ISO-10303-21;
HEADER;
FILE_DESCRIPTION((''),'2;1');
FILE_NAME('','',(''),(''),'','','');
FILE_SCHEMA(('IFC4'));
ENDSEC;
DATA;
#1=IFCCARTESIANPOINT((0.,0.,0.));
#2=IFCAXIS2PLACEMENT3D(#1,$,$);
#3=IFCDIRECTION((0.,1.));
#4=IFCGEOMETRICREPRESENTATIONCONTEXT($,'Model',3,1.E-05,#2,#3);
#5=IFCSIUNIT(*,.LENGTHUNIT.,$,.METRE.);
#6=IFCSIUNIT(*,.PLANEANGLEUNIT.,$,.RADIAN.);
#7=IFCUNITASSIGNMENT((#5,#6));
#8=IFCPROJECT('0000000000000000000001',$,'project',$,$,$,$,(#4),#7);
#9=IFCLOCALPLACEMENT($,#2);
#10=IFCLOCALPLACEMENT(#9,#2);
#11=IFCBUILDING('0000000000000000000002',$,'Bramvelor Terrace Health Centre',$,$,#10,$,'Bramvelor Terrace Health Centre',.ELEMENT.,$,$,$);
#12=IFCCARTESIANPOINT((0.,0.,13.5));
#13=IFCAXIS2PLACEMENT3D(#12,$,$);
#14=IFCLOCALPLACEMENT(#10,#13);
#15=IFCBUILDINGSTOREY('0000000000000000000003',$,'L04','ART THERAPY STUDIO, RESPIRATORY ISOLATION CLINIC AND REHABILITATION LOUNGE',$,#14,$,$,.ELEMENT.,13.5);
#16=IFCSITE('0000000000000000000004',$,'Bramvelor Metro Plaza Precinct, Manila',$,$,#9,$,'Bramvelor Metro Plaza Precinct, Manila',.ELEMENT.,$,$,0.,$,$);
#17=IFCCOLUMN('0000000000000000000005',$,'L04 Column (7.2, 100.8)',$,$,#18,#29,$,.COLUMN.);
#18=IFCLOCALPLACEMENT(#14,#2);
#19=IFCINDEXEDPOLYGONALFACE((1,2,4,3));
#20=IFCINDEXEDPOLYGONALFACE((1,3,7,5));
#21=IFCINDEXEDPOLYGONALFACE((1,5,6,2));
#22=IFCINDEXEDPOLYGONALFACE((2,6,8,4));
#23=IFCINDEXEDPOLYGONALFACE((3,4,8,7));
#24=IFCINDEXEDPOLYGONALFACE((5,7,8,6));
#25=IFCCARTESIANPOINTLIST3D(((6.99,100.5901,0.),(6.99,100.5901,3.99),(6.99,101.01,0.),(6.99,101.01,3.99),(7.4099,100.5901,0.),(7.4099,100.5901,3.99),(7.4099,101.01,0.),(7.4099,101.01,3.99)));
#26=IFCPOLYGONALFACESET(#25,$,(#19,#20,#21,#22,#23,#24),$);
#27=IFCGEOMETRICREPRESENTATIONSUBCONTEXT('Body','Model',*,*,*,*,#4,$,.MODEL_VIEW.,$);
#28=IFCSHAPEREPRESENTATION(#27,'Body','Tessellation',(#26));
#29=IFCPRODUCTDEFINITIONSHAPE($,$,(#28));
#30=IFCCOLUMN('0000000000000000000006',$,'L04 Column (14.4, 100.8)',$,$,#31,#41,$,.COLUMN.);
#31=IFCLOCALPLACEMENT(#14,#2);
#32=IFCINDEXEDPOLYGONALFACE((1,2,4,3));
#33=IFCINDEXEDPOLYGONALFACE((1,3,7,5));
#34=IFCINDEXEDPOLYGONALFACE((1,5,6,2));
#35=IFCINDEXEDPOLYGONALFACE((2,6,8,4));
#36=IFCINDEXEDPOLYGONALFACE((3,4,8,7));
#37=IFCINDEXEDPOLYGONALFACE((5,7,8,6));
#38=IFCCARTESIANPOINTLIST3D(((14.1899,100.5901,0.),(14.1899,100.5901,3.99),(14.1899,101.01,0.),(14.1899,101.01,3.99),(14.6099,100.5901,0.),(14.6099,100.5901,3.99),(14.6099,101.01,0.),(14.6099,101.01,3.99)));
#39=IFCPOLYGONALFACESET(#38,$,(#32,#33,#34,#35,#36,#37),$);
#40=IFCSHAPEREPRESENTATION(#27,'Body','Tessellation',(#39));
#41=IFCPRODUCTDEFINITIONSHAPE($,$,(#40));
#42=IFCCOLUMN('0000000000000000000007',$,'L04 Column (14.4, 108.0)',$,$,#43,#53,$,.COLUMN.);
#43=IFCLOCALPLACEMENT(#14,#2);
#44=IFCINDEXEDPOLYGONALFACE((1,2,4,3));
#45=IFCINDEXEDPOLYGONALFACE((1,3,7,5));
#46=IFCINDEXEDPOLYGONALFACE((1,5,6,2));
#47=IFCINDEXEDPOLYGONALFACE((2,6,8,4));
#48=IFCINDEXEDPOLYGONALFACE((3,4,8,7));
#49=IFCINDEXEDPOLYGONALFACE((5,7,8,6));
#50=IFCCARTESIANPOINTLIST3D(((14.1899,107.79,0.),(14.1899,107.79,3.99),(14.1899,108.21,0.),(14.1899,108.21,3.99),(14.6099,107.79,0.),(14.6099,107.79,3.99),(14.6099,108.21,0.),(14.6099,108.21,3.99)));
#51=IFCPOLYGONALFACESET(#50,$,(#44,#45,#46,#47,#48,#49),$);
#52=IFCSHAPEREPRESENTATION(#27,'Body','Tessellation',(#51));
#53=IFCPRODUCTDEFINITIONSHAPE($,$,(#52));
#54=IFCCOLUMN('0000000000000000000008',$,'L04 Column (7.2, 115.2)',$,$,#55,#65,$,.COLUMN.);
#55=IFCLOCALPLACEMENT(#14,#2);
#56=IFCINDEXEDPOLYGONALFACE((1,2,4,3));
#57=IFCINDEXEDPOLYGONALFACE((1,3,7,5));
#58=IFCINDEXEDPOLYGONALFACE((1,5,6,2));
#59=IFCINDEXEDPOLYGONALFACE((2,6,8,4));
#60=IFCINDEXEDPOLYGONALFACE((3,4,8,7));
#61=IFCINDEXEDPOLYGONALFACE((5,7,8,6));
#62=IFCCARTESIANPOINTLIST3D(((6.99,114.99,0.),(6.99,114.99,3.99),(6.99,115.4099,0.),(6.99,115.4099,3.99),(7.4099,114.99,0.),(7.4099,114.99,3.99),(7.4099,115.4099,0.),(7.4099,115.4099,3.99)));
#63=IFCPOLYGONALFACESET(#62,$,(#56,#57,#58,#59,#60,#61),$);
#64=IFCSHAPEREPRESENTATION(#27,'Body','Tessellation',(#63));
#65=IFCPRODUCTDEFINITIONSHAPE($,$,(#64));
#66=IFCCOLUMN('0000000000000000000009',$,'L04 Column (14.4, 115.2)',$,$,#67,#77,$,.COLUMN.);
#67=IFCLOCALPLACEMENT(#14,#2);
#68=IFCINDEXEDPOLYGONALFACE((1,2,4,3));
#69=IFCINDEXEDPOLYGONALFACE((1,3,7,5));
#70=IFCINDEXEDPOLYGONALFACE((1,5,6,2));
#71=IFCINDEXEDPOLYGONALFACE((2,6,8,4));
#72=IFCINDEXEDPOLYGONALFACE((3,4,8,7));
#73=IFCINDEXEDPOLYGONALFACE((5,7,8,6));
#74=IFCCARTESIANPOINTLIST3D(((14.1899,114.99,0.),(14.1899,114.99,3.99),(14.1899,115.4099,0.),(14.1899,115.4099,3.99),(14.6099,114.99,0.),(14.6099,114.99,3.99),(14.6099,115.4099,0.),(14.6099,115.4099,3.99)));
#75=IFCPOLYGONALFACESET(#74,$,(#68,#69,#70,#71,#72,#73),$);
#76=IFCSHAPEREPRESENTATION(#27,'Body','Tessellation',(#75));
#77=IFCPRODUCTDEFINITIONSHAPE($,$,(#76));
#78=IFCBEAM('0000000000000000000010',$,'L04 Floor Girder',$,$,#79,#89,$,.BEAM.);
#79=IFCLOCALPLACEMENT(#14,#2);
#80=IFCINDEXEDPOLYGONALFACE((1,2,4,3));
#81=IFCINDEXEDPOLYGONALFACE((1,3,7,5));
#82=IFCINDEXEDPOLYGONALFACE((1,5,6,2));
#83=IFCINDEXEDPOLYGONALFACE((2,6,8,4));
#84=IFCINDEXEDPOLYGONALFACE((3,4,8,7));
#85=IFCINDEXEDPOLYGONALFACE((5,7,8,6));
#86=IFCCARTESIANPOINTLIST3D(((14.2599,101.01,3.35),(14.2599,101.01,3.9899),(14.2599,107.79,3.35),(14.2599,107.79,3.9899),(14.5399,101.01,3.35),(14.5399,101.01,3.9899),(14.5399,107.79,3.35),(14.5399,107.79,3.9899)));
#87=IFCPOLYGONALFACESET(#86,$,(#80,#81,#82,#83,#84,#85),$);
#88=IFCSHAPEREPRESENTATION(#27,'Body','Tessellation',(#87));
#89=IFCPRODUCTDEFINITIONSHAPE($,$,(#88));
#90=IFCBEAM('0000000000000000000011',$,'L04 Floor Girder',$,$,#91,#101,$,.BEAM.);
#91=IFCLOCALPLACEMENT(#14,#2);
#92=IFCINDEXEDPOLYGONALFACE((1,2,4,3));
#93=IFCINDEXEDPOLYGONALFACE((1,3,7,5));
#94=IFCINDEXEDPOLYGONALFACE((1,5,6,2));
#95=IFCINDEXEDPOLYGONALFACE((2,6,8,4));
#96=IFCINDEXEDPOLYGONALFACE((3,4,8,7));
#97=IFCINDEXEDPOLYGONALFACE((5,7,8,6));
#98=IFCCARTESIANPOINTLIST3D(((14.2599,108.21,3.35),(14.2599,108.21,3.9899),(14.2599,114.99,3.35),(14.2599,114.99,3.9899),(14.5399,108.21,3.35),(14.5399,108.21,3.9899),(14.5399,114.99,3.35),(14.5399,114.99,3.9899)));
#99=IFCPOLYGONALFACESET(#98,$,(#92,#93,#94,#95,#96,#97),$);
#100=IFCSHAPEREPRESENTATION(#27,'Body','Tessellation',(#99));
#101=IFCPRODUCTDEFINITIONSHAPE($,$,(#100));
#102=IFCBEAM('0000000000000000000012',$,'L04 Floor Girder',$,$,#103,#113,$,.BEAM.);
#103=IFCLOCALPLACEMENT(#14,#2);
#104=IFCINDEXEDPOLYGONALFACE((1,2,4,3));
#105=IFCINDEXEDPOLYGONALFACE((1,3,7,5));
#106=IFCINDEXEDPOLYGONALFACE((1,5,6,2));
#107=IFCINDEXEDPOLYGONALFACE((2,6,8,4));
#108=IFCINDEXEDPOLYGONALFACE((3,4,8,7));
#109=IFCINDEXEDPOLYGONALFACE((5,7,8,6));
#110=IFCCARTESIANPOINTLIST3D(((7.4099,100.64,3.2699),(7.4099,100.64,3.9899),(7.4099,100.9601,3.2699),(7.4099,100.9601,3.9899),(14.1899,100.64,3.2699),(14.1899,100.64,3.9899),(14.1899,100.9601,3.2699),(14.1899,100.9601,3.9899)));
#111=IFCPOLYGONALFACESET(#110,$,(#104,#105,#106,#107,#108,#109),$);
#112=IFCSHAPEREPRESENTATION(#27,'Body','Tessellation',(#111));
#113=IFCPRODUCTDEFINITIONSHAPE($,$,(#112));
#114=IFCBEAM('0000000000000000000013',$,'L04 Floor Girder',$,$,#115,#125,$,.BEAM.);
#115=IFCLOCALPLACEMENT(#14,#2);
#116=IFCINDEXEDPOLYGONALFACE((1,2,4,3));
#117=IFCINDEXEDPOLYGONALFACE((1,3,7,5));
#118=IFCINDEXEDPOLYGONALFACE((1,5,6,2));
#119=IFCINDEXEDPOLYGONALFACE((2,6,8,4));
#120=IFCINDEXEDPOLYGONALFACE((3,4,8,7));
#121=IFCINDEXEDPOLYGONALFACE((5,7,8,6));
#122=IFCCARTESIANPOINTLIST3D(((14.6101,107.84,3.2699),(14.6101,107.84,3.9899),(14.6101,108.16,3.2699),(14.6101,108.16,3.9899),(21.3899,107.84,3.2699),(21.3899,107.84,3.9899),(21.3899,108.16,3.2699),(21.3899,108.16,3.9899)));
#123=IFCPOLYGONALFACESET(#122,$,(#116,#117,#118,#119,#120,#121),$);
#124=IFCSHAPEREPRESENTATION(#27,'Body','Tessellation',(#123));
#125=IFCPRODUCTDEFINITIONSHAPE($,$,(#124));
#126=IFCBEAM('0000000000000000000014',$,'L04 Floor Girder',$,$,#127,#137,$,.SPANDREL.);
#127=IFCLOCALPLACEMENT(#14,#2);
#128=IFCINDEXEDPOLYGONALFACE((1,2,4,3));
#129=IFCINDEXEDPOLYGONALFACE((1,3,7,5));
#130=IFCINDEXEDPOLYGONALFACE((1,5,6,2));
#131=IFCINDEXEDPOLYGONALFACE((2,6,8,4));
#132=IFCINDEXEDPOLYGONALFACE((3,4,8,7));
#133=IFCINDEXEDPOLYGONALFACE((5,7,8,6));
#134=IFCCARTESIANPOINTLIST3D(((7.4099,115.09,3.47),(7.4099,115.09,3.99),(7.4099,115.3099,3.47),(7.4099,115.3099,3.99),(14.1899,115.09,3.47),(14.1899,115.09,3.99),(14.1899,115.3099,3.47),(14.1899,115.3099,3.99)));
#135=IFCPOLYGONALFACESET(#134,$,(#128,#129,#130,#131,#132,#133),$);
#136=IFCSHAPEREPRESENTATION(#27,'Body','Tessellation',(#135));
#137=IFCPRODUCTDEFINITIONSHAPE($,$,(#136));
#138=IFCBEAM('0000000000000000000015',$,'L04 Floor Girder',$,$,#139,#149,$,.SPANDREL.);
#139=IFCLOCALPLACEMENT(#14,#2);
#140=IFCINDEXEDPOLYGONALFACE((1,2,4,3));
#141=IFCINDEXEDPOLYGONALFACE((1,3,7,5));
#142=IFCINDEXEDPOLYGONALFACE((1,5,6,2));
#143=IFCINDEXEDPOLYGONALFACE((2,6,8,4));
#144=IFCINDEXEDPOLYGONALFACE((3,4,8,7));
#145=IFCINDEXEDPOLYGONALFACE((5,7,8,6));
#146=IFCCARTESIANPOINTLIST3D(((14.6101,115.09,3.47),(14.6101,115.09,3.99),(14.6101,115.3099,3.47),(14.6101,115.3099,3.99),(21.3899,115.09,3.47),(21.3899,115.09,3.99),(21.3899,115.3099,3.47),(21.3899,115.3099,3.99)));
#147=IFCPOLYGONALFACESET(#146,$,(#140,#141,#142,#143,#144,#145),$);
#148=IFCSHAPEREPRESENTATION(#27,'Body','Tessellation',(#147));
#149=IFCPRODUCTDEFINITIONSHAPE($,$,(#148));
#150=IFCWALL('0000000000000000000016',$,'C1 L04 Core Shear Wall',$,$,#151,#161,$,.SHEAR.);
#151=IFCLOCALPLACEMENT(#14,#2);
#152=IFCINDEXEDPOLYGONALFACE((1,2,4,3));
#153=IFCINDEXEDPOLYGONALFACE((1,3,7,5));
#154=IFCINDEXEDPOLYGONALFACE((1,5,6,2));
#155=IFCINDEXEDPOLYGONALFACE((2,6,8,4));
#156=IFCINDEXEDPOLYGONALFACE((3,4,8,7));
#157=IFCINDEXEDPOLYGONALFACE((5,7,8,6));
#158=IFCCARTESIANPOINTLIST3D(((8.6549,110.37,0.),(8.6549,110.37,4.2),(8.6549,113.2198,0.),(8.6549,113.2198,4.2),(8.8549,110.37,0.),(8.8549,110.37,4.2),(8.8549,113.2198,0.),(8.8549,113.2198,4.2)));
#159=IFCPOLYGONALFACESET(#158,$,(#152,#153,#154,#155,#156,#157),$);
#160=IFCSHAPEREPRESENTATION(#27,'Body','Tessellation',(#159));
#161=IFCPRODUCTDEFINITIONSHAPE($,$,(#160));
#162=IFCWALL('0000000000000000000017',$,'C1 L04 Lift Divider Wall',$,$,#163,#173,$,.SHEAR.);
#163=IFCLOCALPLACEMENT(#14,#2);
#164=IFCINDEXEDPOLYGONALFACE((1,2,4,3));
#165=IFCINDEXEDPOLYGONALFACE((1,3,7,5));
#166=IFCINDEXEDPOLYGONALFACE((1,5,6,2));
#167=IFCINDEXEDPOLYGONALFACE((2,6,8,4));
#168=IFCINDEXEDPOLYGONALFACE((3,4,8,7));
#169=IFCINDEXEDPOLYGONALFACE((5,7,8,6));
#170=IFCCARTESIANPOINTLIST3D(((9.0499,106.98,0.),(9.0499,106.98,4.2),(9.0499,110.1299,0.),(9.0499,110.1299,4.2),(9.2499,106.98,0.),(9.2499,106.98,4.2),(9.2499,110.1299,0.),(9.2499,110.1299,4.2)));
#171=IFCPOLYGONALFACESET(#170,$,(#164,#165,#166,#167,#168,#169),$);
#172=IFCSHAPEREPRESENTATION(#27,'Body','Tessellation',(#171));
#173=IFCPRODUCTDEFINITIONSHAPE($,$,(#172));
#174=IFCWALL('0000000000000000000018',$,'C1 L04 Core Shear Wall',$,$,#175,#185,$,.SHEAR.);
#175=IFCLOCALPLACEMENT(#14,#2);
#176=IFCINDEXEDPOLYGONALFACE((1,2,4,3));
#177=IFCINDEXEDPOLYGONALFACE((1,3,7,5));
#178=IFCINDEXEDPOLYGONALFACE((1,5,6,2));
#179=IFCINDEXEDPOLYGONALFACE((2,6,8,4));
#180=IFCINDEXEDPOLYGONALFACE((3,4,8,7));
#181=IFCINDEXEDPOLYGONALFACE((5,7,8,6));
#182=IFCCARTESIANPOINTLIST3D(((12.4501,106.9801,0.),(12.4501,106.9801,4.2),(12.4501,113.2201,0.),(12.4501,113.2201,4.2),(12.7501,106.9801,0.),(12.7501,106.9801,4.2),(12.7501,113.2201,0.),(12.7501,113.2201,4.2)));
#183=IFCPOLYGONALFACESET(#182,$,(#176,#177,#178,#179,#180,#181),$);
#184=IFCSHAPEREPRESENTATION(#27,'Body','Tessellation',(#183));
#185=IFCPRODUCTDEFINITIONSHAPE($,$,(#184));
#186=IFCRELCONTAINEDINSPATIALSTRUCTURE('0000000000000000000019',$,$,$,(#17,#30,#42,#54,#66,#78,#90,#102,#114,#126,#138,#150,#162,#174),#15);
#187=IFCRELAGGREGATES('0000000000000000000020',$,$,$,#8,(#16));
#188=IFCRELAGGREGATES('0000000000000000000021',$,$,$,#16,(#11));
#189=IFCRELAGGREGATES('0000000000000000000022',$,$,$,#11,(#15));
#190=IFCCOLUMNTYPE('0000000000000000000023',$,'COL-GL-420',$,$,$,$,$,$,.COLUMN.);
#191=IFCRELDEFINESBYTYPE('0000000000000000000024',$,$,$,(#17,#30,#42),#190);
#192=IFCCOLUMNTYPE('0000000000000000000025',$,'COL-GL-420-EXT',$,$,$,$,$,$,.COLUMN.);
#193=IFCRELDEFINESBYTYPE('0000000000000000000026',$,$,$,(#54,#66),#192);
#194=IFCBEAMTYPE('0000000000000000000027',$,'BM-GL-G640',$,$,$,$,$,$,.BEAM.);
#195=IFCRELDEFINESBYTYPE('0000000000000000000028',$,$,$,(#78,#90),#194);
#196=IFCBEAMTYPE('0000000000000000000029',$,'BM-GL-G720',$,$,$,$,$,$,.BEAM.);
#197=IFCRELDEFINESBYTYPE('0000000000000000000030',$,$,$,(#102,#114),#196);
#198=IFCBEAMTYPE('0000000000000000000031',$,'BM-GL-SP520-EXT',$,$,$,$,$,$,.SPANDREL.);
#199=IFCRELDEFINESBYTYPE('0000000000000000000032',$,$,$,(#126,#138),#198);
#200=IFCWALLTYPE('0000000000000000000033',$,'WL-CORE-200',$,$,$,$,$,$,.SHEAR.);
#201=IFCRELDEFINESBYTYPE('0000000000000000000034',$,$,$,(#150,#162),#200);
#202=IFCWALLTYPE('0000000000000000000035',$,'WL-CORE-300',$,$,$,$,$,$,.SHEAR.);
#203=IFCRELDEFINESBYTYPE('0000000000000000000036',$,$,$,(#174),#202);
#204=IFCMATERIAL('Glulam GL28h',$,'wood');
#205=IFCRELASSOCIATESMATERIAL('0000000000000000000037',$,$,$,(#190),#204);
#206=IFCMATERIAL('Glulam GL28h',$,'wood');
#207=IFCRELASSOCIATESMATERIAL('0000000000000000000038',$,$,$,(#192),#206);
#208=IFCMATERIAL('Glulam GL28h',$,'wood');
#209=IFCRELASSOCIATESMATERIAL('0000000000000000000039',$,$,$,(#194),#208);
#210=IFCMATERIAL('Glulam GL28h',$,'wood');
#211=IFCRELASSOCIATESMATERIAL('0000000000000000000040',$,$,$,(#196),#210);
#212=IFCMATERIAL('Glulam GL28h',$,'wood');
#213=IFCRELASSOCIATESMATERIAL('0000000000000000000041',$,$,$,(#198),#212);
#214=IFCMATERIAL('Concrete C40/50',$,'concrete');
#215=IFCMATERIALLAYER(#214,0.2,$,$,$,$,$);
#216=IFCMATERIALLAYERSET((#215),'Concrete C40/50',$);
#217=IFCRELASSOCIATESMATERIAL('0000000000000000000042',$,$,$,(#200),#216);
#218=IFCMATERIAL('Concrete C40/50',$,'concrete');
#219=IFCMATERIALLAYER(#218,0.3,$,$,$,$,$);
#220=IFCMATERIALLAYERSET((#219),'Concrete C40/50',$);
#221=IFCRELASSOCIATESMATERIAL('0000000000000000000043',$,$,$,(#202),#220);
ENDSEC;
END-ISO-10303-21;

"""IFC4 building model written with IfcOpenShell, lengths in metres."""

from ifc_helpers import new_model, si_unit, direction, frame, frame_2d, origin, origin_2d, place, context, subcontext, project, spatial, rectangle, extrude, material, layer, layer_set, material_profile, profile_set, type_object, element, save


model = new_model("IFC4")

# Units and contexts
model_context = context("Model", 3, precision=1e-05, world=origin(), true_north=direction((0.0, 1.0)))
body_context = subcontext(model_context, "Body", "Model", "MODEL_VIEW")
ifc_project = project(units=[si_unit("LENGTHUNIT", "METRE"), si_unit("PLANEANGLEUNIT", "RADIAN")], contexts=[model_context])

# Site, building, storey
site_placement = place(None, origin())
site = spatial("IfcSite", under=ifc_project, at=site_placement, Name="Bramvelor Metro Plaza Precinct, Manila", LongName="Bramvelor Metro Plaza Precinct, Manila", CompositionType="ELEMENT", RefElevation=0.0)
building_placement = place(site_placement, origin())
building = spatial("IfcBuilding", under=site, at=building_placement, Name="Bramvelor Terrace Health Centre", LongName="Bramvelor Terrace Health Centre", CompositionType="ELEMENT")
storey_placement = place(building_placement, frame((0.0, 0.0, 13.5)))
storey = spatial("IfcBuildingStorey", under=building, at=storey_placement, Name="L04", Description="ART THERAPY STUDIO, RESPIRATORY ISOLATION CLINIC AND REHABILITATION LOUNGE", CompositionType="ELEMENT", Elevation=13.5)

# Columns
ifc_material_1 = material(Name="Glulam GL28h", Category="wood")
ifc_material_profile_1 = material_profile(ifc_material_1, rectangle(XDim=0.4199, YDim=0.4199, at=origin_2d()), Name="GL 420x420")
ifc_profile_set_1 = profile_set([ifc_material_profile_1], Name="Glulam GL28h")
column_type_1 = type_object("IfcColumnType", Name="COL-GL-420", PredefinedType="COLUMN", material=ifc_profile_set_1)
for number, where, z_axis, x_axis, name in (
    (1, (7.2, 100.8, 0.0), (0.0, 0.0, 1.0), (1.0, 0.0, 0.0), "L04 Column (7.2, 100.8)"),
    (2, (14.3999, 100.8, 0.0), (0.0, 0.0, 1.0), (1.0, 0.0, 0.0), "L04 Column (14.4, 100.8)"),
    (3, (14.3999, 108.0, 0.0), (0.0, 0.0, 1.0), (1.0, 0.0, 0.0), "L04 Column (14.4, 108.0)"),
):
    element("IfcColumn", number, at=place(storey_placement, frame(where, z_axis=z_axis, x_axis=x_axis)), inside=storey, type_object=column_type_1, Name=name, PredefinedType="COLUMN", context=body_context, shape_type="SweptSolid", body=[
        extrude(rectangle(XDim=0.4199, YDim=0.4199, at=origin_2d()), origin(), (0.0, 0.0, 1.0), 3.99),
    ])
ifc_material_2 = material(Name="Glulam GL28h", Category="wood")
ifc_material_profile_2 = material_profile(ifc_material_2, rectangle(XDim=0.4199, YDim=0.4199, at=origin_2d()), Name="GL 420x420")
ifc_profile_set_2 = profile_set([ifc_material_profile_2], Name="Glulam GL28h")
column_type_2 = type_object("IfcColumnType", Name="COL-GL-420-EXT", PredefinedType="COLUMN", material=ifc_profile_set_2)
for number, where, z_axis, x_axis, name in (
    (4, (7.2, 115.2, 0.0), (0.0, 0.0, 1.0), (1.0, 0.0, 0.0), "L04 Column (7.2, 115.2)"),
    (5, (14.3999, 115.2, 0.0), (0.0, 0.0, 1.0), (1.0, 0.0, 0.0), "L04 Column (14.4, 115.2)"),
):
    element("IfcColumn", number, at=place(storey_placement, frame(where, z_axis=z_axis, x_axis=x_axis)), inside=storey, type_object=column_type_2, Name=name, PredefinedType="COLUMN", context=body_context, shape_type="SweptSolid", body=[
        extrude(rectangle(XDim=0.4199, YDim=0.4199, at=origin_2d()), origin(), (0.0, 0.0, 1.0), 3.99),
    ])

# Beams
ifc_material_3 = material(Name="Glulam GL28h", Category="wood")
ifc_material_profile_3 = material_profile(ifc_material_3, rectangle(XDim=0.28, YDim=0.6399, at=origin_2d()), Name="GL 280x640")
ifc_profile_set_3 = profile_set([ifc_material_profile_3], Name="Glulam GL28h")
beam_type_1 = type_object("IfcBeamType", Name="BM-GL-G640", PredefinedType="BEAM", material=ifc_profile_set_3)
for number, where, z_axis, x_axis, name in (
    (6, (14.3999, 101.01, 3.6699), (0.0, 1.0, 0.0), (-1.0, 0.0, 0.0), "L04 Floor Girder"),
    (7, (14.3999, 108.21, 3.6699), (0.0, 1.0, 0.0), (-1.0, 0.0, 0.0), "L04 Floor Girder"),
):
    element("IfcBeam", number, at=place(storey_placement, frame(where, z_axis=z_axis, x_axis=x_axis)), inside=storey, type_object=beam_type_1, Name=name, PredefinedType="BEAM", context=body_context, shape_type="SweptSolid", body=[
        extrude(rectangle(XDim=0.28, YDim=0.6399, at=origin_2d()), origin(), (0.0, 0.0, 1.0), 6.78),
    ])
ifc_material_4 = material(Name="Glulam GL28h", Category="wood")
ifc_material_profile_4 = material_profile(ifc_material_4, rectangle(XDim=0.3201, YDim=0.72, at=origin_2d()), Name="GL 320x720")
ifc_profile_set_4 = profile_set([ifc_material_profile_4], Name="Glulam GL28h")
beam_type_2 = type_object("IfcBeamType", Name="BM-GL-G720", PredefinedType="BEAM", material=ifc_profile_set_4)
beam_1_placement = place(storey_placement, frame((7.4099, 100.8, 3.6299), z_axis=(1.0, 0.0, 0.0), x_axis=(0.0, 1.0, 0.0)))
element("IfcBeam", 8, at=beam_1_placement, inside=storey, type_object=beam_type_2, Name="L04 Floor Girder", PredefinedType="BEAM", context=body_context, shape_type="SweptSolid", body=[
    extrude(rectangle(XDim=0.3201, YDim=0.72, at=origin_2d()), origin(), (0.0, 0.0, 1.0), 6.78),
])
beam_2_placement = place(storey_placement, frame((14.6101, 108.0, 3.6299), z_axis=(1.0, 0.0, 0.0), x_axis=(0.0, 1.0, 0.0)))
element("IfcBeam", 9, at=beam_2_placement, inside=storey, type_object=beam_type_2, Name="L04 Floor Girder", PredefinedType="BEAM", context=body_context, shape_type="SweptSolid", body=[
    extrude(rectangle(XDim=0.3201, YDim=0.72, at=origin_2d()), origin(), (0.0, 0.0, 1.0), 6.7798),
])
ifc_material_5 = material(Name="Glulam GL28h", Category="wood")
ifc_material_profile_5 = material_profile(ifc_material_5, rectangle(XDim=0.22, YDim=0.52, at=origin_2d()), Name="GL 220x520")
ifc_profile_set_5 = profile_set([ifc_material_profile_5], Name="Glulam GL28h")
beam_type_3 = type_object("IfcBeamType", Name="BM-GL-SP520-EXT", PredefinedType="SPANDREL", material=ifc_profile_set_5)
beam_3_placement = place(storey_placement, frame((7.4099, 115.2, 3.73), z_axis=(1.0, 0.0, 0.0), x_axis=(0.0, 1.0, 0.0)))
element("IfcBeam", 10, at=beam_3_placement, inside=storey, type_object=beam_type_3, Name="L04 Floor Girder", PredefinedType="SPANDREL", context=body_context, shape_type="SweptSolid", body=[
    extrude(rectangle(XDim=0.22, YDim=0.52, at=origin_2d()), origin(), (0.0, 0.0, 1.0), 6.78),
])
beam_4_placement = place(storey_placement, frame((14.6101, 115.2, 3.73), z_axis=(1.0, 0.0, 0.0), x_axis=(0.0, 1.0, 0.0)))
element("IfcBeam", 11, at=beam_4_placement, inside=storey, type_object=beam_type_3, Name="L04 Floor Girder", PredefinedType="SPANDREL", context=body_context, shape_type="SweptSolid", body=[
    extrude(rectangle(XDim=0.22, YDim=0.52, at=origin_2d()), origin(), (0.0, 0.0, 1.0), 6.7798),
])

# Walls
ifc_material_6 = material(Name="Concrete C40/50", Category="concrete")
ifc_layer_1 = layer(ifc_material_6, 0.2)
ifc_layer_set_1 = layer_set([ifc_layer_1], Name="Concrete C40/50")
wall_type_1 = type_object("IfcWallType", Name="WL-CORE-200", PredefinedType="SHEAR", material=ifc_layer_set_1)
wall_1_placement = place(storey_placement, frame((8.7549, 110.3701, 0.0), z_axis=(0.0, 0.0, 1.0), x_axis=(0.0, 1.0, 0.0)))
element("IfcWall", 12, at=wall_1_placement, inside=storey, type_object=wall_type_1, Name="C1 L04 Core Shear Wall", PredefinedType="SHEAR", context=body_context, shape_type="SweptSolid", body=[
    extrude(rectangle(XDim=2.8499, YDim=0.2, at=frame_2d((1.4248, 0.0))), origin(), (0.0, 0.0, 1.0), 4.2),
])
wall_2_placement = place(storey_placement, frame((9.1499, 106.98, 0.0), z_axis=(0.0, 0.0, 1.0), x_axis=(0.0, 1.0, 0.0)))
element("IfcWall", 13, at=wall_2_placement, inside=storey, type_object=wall_type_1, Name="C1 L04 Lift Divider Wall", PredefinedType="SHEAR", context=body_context, shape_type="SweptSolid", body=[
    extrude(rectangle(XDim=3.1499, YDim=0.2, at=frame_2d((1.575, 0.0))), origin(), (0.0, 0.0, 1.0), 4.2),
])
ifc_material_7 = material(Name="Concrete C40/50", Category="concrete")
ifc_layer_2 = layer(ifc_material_7, 0.3)
ifc_layer_set_2 = layer_set([ifc_layer_2], Name="Concrete C40/50")
wall_type_2 = type_object("IfcWallType", Name="WL-CORE-300", PredefinedType="SHEAR", material=ifc_layer_set_2)
wall_3_placement = place(storey_placement, frame((12.6001, 106.98, 0.0), z_axis=(0.0, 0.0, 1.0), x_axis=(0.0, 1.0, 0.0)))
element("IfcWall", 14, at=wall_3_placement, inside=storey, type_object=wall_type_2, Name="C1 L04 Core Shear Wall", PredefinedType="SHEAR", context=body_context, shape_type="SweptSolid", body=[
    extrude(rectangle(XDim=6.24, YDim=0.3, at=frame_2d((3.1201, 0.0))), origin(), (0.0, 0.0, 1.0), 4.2),
])

save(model, "model.ifc")
